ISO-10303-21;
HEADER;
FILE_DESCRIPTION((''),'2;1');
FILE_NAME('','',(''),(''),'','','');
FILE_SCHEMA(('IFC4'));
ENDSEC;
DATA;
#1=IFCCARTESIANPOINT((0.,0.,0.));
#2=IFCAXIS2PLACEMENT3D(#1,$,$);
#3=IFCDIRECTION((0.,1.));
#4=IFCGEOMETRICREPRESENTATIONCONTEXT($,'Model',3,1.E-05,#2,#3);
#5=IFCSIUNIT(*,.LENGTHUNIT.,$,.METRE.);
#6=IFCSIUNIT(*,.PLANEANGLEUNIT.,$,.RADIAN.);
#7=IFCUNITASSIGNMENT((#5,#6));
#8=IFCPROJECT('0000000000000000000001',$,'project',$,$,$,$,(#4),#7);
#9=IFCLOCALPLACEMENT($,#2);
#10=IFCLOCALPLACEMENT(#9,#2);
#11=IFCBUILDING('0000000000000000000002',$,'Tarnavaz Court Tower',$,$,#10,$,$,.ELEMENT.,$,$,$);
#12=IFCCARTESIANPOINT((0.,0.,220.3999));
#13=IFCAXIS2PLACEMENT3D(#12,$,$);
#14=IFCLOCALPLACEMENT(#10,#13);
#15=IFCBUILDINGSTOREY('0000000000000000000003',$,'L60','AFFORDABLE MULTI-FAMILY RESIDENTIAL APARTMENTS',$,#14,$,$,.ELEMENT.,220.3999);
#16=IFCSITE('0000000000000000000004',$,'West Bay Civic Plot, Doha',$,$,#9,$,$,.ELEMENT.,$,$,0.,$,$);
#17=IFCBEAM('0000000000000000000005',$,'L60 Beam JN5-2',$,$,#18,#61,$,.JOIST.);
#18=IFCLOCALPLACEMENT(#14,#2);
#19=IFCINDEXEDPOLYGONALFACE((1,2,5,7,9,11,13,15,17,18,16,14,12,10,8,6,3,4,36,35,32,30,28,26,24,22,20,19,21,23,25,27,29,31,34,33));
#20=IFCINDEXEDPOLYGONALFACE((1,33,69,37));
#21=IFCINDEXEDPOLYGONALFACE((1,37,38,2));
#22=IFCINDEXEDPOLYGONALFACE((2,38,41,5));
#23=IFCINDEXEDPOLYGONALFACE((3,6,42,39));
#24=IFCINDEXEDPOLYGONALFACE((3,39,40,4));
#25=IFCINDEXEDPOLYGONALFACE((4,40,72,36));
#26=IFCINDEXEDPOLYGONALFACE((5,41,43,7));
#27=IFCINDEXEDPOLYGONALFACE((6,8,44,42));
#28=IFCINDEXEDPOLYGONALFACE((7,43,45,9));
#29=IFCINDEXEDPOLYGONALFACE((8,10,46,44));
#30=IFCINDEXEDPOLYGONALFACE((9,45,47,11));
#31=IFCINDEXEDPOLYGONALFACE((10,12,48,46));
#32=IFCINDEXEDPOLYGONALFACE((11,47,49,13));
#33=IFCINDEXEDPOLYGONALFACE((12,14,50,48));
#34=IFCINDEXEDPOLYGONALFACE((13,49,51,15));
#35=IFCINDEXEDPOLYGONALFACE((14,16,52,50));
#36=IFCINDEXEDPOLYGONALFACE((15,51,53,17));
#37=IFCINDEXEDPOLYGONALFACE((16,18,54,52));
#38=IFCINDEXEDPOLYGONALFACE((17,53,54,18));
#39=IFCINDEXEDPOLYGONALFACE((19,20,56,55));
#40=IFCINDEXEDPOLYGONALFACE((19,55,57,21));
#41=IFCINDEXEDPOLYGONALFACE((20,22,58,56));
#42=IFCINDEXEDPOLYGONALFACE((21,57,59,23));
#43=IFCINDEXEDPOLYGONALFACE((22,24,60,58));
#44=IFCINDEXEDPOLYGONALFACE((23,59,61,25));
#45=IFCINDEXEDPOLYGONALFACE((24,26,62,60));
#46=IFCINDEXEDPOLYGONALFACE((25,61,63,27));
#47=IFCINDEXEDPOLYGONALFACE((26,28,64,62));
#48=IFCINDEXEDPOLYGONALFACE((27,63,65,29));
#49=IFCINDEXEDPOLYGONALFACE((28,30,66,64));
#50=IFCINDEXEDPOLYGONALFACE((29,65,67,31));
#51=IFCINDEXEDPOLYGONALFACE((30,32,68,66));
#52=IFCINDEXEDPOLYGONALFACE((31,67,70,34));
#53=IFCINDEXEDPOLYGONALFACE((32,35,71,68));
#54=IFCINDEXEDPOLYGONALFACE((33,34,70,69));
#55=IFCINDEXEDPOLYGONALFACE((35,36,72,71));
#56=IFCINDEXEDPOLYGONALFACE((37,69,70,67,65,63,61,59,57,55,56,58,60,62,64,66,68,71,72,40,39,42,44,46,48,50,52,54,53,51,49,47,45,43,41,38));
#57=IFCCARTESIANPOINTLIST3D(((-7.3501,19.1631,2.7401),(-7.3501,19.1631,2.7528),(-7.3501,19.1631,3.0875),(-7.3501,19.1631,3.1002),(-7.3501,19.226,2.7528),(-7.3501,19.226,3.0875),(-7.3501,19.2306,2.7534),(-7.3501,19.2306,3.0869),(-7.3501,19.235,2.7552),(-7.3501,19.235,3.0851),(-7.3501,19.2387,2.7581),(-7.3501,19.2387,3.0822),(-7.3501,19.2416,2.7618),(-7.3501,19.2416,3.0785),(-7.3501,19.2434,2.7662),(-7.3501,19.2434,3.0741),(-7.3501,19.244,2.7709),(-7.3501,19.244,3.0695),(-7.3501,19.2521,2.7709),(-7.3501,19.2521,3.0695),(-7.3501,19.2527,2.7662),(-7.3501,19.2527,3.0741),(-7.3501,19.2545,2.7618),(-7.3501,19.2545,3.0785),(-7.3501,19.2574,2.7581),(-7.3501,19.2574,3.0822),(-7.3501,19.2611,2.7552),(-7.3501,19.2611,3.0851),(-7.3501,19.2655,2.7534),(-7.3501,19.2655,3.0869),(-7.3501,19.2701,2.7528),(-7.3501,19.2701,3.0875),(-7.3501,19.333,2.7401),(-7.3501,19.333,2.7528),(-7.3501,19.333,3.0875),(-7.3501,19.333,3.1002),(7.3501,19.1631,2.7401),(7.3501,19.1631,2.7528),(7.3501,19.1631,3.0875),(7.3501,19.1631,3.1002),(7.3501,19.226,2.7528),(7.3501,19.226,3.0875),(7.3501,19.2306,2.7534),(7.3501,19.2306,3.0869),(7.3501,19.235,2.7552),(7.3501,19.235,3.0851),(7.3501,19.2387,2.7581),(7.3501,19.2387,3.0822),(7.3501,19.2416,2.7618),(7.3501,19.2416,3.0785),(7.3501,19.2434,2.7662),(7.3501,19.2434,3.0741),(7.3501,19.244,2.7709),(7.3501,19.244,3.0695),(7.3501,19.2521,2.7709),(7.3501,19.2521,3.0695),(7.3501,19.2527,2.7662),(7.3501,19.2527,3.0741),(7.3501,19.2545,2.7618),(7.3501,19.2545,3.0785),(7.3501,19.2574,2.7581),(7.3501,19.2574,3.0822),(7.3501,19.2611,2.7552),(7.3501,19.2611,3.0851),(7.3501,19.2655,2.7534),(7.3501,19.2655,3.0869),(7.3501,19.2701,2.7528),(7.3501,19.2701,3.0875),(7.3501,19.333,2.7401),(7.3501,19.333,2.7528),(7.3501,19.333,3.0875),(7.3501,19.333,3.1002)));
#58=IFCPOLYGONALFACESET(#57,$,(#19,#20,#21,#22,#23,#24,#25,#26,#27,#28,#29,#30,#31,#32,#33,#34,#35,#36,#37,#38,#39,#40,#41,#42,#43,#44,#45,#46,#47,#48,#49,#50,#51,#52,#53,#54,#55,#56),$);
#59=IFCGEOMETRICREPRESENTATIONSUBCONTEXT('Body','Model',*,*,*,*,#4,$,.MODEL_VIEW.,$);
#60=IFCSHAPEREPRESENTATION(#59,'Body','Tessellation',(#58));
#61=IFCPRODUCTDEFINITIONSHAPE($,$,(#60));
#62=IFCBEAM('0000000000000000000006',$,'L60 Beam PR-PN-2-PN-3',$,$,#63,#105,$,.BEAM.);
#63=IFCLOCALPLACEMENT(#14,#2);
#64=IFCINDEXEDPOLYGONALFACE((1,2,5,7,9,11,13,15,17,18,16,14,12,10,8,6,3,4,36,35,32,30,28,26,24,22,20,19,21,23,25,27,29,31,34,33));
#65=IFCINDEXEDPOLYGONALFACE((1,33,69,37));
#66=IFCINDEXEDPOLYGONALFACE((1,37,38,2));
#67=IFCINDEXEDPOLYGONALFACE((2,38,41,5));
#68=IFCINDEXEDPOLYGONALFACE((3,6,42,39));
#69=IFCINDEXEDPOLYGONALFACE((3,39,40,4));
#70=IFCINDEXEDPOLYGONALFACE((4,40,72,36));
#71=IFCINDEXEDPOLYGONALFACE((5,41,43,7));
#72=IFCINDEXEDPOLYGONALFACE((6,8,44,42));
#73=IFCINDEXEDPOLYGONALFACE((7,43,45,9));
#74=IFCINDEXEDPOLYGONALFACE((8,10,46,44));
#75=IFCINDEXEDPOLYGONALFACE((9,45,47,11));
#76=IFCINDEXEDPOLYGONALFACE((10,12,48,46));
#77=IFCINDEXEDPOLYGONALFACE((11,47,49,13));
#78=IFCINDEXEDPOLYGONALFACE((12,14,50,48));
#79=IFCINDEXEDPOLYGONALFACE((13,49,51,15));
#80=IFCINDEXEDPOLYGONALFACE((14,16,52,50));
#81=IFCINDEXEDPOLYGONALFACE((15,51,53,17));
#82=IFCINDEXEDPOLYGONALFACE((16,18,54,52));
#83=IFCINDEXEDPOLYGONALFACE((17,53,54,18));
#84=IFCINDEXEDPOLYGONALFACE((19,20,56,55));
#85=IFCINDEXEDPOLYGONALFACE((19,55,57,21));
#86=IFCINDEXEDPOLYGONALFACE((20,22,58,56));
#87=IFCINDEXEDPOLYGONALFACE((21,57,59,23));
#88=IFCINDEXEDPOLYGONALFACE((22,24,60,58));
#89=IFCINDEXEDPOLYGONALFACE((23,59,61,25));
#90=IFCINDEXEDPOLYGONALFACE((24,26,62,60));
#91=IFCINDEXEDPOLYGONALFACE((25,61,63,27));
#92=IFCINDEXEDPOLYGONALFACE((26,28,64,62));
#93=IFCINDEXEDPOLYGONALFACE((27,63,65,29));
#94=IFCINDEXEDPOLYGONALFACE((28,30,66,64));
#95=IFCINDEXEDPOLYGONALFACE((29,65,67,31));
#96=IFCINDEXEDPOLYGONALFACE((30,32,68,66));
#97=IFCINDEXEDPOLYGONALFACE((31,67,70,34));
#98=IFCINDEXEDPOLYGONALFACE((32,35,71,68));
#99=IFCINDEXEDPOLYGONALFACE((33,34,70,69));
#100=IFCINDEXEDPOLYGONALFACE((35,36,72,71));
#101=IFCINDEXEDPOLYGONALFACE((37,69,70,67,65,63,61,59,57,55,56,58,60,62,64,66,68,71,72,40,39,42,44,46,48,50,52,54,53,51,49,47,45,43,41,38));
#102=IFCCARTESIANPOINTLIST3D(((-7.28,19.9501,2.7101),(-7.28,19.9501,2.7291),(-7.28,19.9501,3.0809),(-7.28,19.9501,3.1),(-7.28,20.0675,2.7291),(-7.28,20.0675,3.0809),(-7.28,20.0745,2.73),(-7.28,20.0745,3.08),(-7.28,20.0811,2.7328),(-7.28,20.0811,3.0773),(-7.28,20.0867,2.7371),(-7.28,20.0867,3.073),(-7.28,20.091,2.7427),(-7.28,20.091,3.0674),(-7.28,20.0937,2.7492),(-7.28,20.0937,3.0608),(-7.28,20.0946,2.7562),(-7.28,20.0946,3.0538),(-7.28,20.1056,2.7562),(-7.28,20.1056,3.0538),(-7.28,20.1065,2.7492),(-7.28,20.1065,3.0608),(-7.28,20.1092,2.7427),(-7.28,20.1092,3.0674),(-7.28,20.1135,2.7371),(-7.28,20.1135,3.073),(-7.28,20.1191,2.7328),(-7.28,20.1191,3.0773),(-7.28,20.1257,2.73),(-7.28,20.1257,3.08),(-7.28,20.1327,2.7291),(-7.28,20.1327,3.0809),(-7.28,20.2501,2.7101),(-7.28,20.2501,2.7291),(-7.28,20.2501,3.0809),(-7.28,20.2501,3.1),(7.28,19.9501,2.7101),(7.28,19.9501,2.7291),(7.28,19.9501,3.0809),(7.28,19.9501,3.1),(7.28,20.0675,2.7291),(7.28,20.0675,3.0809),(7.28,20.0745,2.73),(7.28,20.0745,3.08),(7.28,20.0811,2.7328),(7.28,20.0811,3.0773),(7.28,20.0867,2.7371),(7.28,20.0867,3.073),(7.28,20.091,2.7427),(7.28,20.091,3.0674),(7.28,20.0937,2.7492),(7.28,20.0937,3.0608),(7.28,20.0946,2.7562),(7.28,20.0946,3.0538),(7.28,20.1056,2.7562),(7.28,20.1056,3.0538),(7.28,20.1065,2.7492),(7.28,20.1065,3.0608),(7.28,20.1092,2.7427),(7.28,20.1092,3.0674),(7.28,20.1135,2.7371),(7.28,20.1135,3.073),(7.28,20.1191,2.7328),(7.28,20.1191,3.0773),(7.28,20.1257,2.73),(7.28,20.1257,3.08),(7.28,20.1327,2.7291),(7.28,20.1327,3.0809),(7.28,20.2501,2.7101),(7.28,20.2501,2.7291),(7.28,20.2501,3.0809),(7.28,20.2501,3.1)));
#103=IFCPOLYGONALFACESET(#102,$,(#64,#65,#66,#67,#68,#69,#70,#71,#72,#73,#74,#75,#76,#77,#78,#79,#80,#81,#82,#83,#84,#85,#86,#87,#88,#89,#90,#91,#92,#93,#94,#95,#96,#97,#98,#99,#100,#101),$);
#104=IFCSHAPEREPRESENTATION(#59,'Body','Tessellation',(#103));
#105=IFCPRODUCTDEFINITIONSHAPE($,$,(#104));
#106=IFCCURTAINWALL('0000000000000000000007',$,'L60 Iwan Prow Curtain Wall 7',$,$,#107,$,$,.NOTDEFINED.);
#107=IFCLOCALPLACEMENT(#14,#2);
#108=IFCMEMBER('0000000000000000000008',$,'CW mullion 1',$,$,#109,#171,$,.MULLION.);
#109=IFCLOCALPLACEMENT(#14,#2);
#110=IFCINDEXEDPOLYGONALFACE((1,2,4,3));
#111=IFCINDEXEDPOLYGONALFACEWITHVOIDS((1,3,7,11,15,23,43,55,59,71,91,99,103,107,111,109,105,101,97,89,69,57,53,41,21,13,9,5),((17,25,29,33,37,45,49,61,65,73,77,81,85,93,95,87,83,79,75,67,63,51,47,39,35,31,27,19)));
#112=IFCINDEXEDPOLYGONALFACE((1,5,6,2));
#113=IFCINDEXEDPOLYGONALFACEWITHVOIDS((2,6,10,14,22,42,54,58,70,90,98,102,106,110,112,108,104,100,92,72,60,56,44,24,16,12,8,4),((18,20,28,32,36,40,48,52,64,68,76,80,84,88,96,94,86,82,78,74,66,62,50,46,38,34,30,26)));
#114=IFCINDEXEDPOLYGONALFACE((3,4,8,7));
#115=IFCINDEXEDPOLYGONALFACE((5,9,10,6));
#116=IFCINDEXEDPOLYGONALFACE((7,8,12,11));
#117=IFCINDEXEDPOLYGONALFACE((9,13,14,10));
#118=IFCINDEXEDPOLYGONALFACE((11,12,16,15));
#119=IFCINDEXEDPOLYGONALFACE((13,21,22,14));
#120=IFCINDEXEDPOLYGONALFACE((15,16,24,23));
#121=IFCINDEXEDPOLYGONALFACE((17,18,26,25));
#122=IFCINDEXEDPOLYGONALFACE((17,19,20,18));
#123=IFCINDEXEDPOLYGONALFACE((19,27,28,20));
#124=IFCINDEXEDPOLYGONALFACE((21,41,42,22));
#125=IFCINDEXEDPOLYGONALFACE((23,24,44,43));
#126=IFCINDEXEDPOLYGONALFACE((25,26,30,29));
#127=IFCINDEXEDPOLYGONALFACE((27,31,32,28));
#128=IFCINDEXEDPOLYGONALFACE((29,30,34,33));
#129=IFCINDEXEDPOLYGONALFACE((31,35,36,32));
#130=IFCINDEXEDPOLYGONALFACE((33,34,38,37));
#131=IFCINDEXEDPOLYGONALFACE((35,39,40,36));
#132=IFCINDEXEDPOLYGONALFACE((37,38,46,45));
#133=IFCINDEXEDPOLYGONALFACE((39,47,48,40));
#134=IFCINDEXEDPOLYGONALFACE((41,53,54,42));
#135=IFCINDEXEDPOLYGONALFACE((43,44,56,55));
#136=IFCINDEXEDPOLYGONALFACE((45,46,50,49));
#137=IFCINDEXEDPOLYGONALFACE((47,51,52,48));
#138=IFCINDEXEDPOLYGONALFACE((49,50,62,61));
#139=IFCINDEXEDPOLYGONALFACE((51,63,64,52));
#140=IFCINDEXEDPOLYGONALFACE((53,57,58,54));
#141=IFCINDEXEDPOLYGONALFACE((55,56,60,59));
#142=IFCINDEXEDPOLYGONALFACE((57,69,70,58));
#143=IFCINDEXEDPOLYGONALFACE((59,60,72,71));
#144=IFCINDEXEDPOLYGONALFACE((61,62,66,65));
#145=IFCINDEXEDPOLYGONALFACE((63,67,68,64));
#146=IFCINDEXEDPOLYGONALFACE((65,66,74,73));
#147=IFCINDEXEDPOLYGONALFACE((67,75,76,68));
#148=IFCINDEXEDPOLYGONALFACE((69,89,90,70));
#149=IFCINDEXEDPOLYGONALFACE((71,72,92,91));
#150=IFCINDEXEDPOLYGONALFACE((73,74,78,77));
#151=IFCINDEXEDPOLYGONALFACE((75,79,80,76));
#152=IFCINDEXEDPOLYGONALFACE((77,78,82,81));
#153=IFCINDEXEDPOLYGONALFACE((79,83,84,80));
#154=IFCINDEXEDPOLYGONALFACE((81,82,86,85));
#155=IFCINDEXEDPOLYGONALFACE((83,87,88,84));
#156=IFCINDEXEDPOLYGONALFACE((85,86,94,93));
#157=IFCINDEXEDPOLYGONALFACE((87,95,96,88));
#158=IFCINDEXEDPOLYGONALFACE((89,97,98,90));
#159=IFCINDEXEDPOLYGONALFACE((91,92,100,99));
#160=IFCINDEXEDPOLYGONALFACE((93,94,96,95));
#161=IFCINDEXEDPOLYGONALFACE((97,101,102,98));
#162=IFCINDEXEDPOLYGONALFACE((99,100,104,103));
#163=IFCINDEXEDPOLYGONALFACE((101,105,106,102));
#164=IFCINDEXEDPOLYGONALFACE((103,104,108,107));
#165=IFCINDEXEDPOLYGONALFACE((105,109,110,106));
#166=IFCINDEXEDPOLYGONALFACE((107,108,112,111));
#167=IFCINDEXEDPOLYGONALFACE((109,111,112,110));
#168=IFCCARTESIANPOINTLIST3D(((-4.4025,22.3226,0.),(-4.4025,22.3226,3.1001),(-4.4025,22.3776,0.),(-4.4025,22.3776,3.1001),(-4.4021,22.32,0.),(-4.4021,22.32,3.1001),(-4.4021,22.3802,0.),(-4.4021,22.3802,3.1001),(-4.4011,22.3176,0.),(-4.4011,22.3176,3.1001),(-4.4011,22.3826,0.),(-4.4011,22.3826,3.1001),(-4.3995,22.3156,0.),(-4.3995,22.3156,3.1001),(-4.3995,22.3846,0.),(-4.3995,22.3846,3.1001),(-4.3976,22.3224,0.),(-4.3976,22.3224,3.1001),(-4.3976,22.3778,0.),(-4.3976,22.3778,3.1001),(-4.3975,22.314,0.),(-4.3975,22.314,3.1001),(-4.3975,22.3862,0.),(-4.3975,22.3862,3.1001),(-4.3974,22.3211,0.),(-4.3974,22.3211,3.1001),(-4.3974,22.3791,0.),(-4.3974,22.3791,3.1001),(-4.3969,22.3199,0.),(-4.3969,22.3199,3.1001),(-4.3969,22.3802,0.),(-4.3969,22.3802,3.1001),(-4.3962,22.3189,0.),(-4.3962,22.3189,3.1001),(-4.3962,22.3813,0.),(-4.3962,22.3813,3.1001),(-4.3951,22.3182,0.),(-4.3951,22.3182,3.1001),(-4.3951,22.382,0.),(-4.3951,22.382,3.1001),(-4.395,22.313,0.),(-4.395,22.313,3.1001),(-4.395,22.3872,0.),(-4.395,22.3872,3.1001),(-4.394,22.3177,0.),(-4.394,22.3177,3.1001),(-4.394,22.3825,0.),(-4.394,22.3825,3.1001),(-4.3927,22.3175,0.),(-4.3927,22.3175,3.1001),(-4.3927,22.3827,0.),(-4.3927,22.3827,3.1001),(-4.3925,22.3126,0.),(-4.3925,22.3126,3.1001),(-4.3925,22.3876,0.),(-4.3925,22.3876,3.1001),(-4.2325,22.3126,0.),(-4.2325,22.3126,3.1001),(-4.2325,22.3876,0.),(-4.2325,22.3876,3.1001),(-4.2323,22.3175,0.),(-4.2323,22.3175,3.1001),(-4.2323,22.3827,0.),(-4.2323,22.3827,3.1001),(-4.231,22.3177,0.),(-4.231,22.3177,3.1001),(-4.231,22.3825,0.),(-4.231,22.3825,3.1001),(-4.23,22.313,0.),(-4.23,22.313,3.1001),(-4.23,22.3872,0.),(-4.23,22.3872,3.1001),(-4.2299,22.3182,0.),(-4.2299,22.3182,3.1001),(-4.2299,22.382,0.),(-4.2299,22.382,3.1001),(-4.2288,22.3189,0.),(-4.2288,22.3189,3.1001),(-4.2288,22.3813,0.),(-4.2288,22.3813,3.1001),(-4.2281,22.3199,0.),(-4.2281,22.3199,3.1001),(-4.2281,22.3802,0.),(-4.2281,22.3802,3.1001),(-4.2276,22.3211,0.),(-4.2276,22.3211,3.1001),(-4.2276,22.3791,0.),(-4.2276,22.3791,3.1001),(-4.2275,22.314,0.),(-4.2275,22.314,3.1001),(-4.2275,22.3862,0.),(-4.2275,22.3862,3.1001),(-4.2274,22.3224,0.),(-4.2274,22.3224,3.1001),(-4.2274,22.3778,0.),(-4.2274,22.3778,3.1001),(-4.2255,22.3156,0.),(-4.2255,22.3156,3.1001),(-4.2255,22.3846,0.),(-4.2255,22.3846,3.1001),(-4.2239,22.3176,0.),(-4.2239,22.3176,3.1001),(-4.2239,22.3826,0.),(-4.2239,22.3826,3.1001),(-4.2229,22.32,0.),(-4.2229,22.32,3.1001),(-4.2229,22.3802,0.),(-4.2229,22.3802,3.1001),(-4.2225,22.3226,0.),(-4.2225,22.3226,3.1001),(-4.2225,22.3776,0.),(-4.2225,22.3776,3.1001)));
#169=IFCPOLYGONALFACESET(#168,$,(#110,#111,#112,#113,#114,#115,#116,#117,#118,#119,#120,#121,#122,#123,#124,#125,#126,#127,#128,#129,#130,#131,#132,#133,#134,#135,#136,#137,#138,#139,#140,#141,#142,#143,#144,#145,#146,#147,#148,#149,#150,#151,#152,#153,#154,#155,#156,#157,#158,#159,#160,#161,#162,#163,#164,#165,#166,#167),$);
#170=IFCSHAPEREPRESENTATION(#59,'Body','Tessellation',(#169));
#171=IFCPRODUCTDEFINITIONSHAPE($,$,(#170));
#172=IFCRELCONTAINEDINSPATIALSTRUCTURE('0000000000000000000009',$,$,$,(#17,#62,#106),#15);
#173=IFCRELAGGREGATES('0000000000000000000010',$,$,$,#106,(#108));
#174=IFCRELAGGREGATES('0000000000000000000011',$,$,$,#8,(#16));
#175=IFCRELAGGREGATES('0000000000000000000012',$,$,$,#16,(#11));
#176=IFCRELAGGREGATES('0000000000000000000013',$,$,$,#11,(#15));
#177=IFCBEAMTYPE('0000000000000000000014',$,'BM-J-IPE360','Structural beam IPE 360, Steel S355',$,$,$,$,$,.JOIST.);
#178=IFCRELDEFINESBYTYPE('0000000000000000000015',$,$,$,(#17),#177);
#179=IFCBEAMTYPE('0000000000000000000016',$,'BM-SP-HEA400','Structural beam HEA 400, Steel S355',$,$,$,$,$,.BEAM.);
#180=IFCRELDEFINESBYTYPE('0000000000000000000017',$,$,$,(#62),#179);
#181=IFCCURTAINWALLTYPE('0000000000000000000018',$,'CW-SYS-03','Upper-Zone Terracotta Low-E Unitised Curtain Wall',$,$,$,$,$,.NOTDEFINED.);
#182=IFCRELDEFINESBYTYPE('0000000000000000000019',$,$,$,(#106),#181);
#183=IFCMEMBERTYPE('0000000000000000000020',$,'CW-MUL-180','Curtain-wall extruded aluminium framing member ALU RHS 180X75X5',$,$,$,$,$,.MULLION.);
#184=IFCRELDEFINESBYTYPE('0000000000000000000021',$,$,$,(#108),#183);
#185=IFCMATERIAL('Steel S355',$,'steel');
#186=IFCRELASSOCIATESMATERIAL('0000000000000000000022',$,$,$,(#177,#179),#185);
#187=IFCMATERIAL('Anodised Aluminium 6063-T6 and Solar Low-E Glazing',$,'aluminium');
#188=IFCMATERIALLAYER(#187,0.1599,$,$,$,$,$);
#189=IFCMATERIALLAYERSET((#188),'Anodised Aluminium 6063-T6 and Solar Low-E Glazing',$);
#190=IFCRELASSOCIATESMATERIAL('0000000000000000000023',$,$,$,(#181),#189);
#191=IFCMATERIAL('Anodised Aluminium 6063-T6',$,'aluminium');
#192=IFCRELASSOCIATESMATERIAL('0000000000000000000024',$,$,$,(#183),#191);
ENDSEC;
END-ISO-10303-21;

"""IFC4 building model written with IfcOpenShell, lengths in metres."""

from ifc_helpers import new_model, si_unit, direction, frame, origin, origin_2d, place, context, subcontext, project, spatial, hollow_rectangle, i_section, extrude, material, layer, layer_set, material_profile, profile_set, type_object, element, aggregate, save


model = new_model("IFC4")

# Units and contexts
model_context = context("Model", 3, precision=1e-05, world=origin(), true_north=direction((0.0, 1.0)))
body_context = subcontext(model_context, "Body", "Model", "MODEL_VIEW")
ifc_project = project(units=[si_unit("LENGTHUNIT", "METRE"), si_unit("PLANEANGLEUNIT", "RADIAN")], contexts=[model_context])

# Site, building, storey
site_placement = place(None, origin())
site = spatial("IfcSite", under=ifc_project, at=site_placement, Name="West Bay Civic Plot, Doha", CompositionType="ELEMENT", RefElevation=0.0)
building_placement = place(site_placement, origin())
building = spatial("IfcBuilding", under=site, at=building_placement, Name="Tarnavaz Court Tower", CompositionType="ELEMENT")
storey_placement = place(building_placement, frame((0.0, 0.0, 220.3999)))
storey = spatial("IfcBuildingStorey", under=building, at=storey_placement, Name="L60", Description="AFFORDABLE MULTI-FAMILY RESIDENTIAL APARTMENTS", CompositionType="ELEMENT", Elevation=220.3999)

# Beams
ifc_material_1 = material(Name="Steel S355", Category="steel")
ifc_material_profile_1 = material_profile(ifc_material_1, i_section(OverallWidth=0.1699, OverallDepth=0.3601, WebThickness=0.0081, FlangeThickness=0.0127, FilletRadius=0.0181, at=origin_2d()), Name="IPE 360")
ifc_profile_set_1 = profile_set([ifc_material_profile_1], Name="Steel S355")
beam_type_1 = type_object("IfcBeamType", Name="BM-J-IPE360", Description="Structural beam IPE 360, Steel S355", PredefinedType="JOIST", material=ifc_profile_set_1)
for number, where, z_axis, x_axis, name in (
    (1, (-7.3501, 19.248, 2.9202), (1.0, 0.0, 0.0), (0.0, 1.0, 0.0), "L60 Beam JN5-2"),
):
    element("IfcBeam", number, at=place(storey_placement, frame(where, z_axis=z_axis, x_axis=x_axis)), inside=storey, type_object=beam_type_1, Name=name, PredefinedType="JOIST", context=body_context, shape_type="SweptSolid", body=[
        extrude(i_section(OverallWidth=0.1699, OverallDepth=0.3601, WebThickness=0.0081, FlangeThickness=0.0127, FilletRadius=0.0181, at=origin_2d()), origin(), (0.0, 0.0, 1.0), 14.7002),
    ])
ifc_material_profile_2 = material_profile(ifc_material_1, i_section(OverallWidth=0.3, OverallDepth=0.3899, WebThickness=0.011, FlangeThickness=0.019, FilletRadius=0.0271, at=origin_2d()), Name="HEA 400")
ifc_profile_set_2 = profile_set([ifc_material_profile_2], Name="Steel S355")
beam_type_2 = type_object("IfcBeamType", Name="BM-SP-HEA400", Description="Structural beam HEA 400, Steel S355", PredefinedType="BEAM", material=ifc_profile_set_2)
beam_placement = place(storey_placement, frame((-7.28, 20.1001, 2.905), z_axis=(1.0, 0.0, 0.0), x_axis=(0.0, 1.0, 0.0)))
element("IfcBeam", 2, at=beam_placement, inside=storey, type_object=beam_type_2, Name="L60 Beam PR-PN-2-PN-3", PredefinedType="BEAM", context=body_context, shape_type="SweptSolid", body=[
    extrude(i_section(OverallWidth=0.3, OverallDepth=0.3899, WebThickness=0.011, FlangeThickness=0.019, FilletRadius=0.0271, at=origin_2d()), origin(), (0.0, 0.0, 1.0), 14.5601),
])

# Curtain wall, member
ifc_material_2 = material(Name="Anodised Aluminium 6063-T6 and Solar Low-E Glazing", Category="aluminium")
ifc_layer_1 = layer(ifc_material_2, 0.1599)
ifc_layer_set_1 = layer_set([ifc_layer_1], Name="Anodised Aluminium 6063-T6 and Solar Low-E Glazing")
curtain_wall_type = type_object("IfcCurtainWallType", Name="CW-SYS-03", Description="Upper-Zone Terracotta Low-E Unitised Curtain Wall", PredefinedType="NOTDEFINED", material=ifc_layer_set_1)
curtain_wall_placement = place(storey_placement, origin())
curtain_wall = element("IfcCurtainWall", 3, at=curtain_wall_placement, inside=storey, type_object=curtain_wall_type, Name="L60 Iwan Prow Curtain Wall 7", PredefinedType="NOTDEFINED")
ifc_material_3 = material(Name="Anodised Aluminium 6063-T6", Category="aluminium")
ifc_material_profile_3 = material_profile(ifc_material_3, hollow_rectangle(XDim=0.075, YDim=0.1799, WallThickness=0.0049, InnerFilletRadius=0.0049, OuterFilletRadius=0.01, at=origin_2d()), Name="ALU RHS 180X75X5")
ifc_profile_set_3 = profile_set([ifc_material_profile_3], Name="Anodised Aluminium 6063-T6")
member_type_1 = type_object("IfcMemberType", Name="CW-MUL-180", Description="Curtain-wall extruded aluminium framing member ALU RHS 180X75X5", PredefinedType="MULLION", material=ifc_profile_set_3)
member_1_placement = place(storey_placement, frame((-4.3125, 22.3501, 0.0), z_axis=(0.0, 0.0, 1.0), x_axis=(0.0, 1.0, 0.0)))
member_1 = element("IfcMember", 4, at=member_1_placement, type_object=member_type_1, Name="CW mullion 1", PredefinedType="MULLION", context=body_context, shape_type="SweptSolid", body=[
    extrude(hollow_rectangle(XDim=0.075, YDim=0.1799, WallThickness=0.0049, InnerFilletRadius=0.0049, OuterFilletRadius=0.01, at=origin_2d()), origin(), (0.0, 0.0, 1.0), 3.1001),
])
aggregate(curtain_wall, [member_1])

save(model, "model.ifc")
